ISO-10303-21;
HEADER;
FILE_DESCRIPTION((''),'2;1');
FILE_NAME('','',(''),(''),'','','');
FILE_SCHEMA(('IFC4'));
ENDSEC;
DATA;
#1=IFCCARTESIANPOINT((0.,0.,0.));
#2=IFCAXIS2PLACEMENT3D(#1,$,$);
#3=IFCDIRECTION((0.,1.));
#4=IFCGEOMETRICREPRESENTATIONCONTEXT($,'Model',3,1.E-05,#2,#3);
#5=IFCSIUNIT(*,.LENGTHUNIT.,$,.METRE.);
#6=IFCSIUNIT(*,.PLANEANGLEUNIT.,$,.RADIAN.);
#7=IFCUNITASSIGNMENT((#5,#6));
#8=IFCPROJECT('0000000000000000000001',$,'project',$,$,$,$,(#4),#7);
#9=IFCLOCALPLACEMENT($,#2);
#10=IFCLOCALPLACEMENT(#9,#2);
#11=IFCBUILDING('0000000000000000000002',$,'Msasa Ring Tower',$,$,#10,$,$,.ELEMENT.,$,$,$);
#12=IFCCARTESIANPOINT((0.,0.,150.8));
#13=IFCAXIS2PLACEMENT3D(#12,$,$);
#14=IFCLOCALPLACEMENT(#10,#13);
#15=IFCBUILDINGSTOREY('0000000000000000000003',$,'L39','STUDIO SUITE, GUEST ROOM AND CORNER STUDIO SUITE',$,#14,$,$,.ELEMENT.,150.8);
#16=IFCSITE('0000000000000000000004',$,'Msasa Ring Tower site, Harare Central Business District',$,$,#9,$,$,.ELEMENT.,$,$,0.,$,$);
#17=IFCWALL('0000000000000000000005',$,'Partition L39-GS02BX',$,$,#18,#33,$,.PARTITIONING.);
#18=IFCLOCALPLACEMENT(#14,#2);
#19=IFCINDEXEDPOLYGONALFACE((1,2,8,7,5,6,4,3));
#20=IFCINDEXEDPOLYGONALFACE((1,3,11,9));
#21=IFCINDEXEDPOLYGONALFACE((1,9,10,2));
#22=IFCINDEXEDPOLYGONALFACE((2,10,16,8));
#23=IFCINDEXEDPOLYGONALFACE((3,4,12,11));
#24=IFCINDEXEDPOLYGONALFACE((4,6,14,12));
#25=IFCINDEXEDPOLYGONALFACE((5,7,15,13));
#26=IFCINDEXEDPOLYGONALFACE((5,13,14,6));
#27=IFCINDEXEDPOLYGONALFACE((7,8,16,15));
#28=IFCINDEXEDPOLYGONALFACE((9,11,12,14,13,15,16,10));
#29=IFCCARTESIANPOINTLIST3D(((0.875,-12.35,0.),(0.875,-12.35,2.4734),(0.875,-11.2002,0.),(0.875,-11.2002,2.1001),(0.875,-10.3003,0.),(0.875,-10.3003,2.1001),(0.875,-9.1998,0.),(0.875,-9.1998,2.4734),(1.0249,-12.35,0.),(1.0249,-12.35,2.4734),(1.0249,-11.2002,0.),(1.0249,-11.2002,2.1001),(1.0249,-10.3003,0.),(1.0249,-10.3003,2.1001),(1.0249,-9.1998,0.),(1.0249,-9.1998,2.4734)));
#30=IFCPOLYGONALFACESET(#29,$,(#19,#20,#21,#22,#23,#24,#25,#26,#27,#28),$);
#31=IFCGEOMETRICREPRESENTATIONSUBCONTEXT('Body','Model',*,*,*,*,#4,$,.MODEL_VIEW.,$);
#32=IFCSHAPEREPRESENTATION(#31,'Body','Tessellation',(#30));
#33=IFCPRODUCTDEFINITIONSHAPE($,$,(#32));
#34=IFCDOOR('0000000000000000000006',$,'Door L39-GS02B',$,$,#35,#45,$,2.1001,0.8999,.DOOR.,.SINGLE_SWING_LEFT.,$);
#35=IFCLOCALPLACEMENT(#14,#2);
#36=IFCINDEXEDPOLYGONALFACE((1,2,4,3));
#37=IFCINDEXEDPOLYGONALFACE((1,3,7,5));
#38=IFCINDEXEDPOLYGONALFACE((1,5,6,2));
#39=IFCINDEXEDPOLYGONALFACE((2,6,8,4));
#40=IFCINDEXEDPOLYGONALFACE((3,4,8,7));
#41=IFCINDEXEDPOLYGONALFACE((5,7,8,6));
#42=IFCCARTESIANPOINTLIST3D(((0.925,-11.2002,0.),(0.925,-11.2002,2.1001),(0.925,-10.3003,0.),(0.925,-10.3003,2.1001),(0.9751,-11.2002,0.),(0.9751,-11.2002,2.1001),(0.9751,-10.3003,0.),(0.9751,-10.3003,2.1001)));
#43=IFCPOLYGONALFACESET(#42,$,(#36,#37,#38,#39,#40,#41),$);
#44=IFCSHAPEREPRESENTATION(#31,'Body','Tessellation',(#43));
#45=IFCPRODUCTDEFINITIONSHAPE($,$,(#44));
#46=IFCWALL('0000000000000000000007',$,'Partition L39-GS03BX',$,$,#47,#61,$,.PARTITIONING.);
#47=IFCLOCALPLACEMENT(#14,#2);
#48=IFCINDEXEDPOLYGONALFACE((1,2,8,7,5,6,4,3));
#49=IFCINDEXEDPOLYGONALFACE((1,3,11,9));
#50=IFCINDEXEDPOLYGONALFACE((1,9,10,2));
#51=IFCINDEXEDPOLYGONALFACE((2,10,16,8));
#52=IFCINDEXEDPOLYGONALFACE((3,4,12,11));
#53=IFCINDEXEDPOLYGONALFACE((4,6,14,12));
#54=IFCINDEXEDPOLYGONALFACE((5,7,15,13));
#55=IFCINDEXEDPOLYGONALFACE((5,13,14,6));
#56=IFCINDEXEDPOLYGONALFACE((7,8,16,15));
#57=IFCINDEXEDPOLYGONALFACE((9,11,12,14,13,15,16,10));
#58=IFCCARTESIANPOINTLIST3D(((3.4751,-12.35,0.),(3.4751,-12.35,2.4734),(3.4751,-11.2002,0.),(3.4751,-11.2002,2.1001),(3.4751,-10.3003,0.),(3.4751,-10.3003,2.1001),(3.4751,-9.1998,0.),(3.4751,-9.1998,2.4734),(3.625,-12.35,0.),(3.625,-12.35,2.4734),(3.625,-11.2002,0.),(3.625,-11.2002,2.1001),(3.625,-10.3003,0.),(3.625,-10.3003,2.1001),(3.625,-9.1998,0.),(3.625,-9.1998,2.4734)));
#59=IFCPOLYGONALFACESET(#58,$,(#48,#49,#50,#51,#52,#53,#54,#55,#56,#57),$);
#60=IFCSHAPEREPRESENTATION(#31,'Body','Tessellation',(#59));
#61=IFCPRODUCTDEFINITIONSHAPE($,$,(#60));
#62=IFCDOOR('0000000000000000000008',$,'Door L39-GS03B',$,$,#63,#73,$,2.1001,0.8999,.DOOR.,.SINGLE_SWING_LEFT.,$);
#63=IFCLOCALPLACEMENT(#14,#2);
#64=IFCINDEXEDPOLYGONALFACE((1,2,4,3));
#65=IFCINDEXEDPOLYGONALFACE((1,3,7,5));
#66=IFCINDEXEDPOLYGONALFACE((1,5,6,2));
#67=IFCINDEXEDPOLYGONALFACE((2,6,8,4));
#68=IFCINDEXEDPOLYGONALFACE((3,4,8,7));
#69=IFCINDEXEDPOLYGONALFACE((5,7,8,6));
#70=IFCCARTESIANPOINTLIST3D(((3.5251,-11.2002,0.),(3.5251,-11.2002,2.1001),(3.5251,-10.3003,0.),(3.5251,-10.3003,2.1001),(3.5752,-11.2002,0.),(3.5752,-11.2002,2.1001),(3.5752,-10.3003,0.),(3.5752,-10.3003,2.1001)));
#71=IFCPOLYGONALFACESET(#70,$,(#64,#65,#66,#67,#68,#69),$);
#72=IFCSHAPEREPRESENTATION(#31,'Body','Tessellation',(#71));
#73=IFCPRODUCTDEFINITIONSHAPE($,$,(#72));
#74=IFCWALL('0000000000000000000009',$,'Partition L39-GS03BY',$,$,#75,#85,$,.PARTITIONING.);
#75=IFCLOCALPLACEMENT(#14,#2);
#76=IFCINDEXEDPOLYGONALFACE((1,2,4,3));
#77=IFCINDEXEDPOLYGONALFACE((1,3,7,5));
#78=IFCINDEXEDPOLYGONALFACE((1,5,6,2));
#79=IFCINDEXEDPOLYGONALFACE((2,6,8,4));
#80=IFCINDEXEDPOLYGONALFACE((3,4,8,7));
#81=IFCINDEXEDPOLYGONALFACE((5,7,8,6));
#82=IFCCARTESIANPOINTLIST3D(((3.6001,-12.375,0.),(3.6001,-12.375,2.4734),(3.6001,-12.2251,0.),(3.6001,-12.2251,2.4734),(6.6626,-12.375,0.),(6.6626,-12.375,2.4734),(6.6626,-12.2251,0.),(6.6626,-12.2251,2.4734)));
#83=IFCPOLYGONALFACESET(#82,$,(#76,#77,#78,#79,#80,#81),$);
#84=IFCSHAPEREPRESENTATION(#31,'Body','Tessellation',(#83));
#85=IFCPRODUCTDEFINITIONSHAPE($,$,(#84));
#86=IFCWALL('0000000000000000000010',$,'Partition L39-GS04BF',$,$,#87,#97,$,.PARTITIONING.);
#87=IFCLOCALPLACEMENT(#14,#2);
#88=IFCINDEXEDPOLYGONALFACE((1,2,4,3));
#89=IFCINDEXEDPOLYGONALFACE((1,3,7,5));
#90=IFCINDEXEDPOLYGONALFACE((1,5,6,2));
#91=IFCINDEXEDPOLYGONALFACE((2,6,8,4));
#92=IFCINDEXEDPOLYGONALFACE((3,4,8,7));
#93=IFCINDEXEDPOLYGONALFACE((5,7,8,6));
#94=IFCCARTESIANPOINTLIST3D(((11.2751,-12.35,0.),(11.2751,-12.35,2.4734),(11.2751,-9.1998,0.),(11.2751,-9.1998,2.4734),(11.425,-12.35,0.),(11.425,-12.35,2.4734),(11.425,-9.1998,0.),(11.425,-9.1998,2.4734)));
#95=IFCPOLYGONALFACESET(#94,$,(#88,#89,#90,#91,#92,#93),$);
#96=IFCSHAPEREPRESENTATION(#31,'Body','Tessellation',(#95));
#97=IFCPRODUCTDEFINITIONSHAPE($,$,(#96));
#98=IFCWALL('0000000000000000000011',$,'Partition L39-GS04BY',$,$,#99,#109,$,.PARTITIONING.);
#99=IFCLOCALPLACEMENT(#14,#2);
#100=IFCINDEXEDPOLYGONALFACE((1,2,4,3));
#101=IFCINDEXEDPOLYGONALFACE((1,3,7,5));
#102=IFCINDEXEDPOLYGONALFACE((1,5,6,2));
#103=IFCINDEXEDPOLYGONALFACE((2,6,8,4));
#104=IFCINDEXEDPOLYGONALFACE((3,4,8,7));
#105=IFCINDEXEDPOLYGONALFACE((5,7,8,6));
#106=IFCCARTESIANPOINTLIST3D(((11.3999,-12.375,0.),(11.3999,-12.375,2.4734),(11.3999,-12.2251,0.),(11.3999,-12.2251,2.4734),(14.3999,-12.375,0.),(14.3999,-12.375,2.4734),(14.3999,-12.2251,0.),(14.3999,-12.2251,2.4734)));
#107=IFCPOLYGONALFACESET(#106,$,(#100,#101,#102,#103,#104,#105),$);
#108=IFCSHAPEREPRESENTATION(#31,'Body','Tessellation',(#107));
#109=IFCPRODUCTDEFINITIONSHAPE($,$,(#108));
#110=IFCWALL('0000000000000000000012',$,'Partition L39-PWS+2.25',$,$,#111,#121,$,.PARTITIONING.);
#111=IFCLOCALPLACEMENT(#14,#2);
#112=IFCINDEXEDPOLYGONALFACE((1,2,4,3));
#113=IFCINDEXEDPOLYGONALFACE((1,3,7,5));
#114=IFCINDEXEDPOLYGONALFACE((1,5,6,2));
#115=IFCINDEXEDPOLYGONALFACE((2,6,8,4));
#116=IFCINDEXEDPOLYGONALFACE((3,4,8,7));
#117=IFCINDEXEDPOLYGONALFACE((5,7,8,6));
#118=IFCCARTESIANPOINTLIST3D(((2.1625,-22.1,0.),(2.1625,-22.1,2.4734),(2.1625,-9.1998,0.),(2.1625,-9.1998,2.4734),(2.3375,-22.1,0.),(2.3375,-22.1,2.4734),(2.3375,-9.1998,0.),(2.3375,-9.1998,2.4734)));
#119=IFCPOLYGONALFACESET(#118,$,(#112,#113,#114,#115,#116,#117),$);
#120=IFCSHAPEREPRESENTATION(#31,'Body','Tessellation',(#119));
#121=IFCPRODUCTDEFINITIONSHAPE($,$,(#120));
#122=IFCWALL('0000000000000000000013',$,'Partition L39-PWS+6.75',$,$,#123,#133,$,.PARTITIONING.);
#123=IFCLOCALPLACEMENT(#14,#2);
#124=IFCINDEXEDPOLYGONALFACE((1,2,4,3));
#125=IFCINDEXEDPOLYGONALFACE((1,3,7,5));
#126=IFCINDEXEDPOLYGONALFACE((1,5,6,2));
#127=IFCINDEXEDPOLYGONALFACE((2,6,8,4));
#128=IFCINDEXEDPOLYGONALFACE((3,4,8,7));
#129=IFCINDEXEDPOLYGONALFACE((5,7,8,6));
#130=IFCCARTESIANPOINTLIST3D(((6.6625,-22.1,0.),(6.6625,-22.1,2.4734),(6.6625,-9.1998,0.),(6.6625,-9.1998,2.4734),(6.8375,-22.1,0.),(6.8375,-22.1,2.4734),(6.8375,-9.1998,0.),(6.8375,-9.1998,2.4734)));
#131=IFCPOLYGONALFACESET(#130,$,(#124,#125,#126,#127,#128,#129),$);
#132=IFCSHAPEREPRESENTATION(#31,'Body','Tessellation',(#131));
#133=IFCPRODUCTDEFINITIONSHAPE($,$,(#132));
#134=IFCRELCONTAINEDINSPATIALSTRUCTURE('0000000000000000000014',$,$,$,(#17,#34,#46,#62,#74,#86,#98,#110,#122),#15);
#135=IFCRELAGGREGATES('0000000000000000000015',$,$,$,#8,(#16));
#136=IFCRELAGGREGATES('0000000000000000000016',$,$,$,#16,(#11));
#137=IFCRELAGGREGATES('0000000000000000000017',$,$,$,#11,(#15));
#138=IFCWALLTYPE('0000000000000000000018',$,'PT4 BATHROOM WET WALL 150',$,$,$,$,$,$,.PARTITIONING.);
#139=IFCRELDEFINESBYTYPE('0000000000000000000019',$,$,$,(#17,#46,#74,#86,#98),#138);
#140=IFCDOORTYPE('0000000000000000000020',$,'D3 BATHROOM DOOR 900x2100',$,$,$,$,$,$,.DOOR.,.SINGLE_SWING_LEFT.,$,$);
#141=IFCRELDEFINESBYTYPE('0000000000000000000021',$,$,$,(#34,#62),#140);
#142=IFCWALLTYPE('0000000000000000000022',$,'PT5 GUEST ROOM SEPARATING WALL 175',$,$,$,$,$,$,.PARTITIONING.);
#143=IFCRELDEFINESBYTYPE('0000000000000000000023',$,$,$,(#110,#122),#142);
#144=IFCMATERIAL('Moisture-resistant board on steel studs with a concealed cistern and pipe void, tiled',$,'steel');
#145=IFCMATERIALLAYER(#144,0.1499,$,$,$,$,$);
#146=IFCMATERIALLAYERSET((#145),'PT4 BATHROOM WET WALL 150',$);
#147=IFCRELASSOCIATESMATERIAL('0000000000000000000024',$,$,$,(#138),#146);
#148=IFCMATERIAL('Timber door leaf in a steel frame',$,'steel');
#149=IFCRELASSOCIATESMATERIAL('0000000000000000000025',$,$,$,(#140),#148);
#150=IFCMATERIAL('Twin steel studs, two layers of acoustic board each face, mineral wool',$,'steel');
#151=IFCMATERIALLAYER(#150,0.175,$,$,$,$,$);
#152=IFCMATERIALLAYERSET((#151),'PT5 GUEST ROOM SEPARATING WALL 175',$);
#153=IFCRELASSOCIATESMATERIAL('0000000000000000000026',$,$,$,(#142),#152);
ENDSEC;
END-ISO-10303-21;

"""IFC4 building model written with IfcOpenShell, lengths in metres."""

from ifc_helpers import new_model, si_unit, direction, frame, frame_2d, origin, place, context, subcontext, project, spatial, rectangle, extrude, material, layer, layer_set, type_object, element, fill, save


model = new_model("IFC4")

# Units and contexts
model_context = context("Model", 3, precision=1e-05, world=origin(), true_north=direction((0.0, 1.0)))
body_context = subcontext(model_context, "Body", "Model", "MODEL_VIEW")
ifc_project = project(units=[si_unit("LENGTHUNIT", "METRE"), si_unit("PLANEANGLEUNIT", "RADIAN")], contexts=[model_context])

# Site, building, storey
site_placement = place(None, origin())
site = spatial("IfcSite", under=ifc_project, at=site_placement, Name="Msasa Ring Tower site, Harare Central Business District", CompositionType="ELEMENT", RefElevation=0.0)
building_placement = place(site_placement, origin())
building = spatial("IfcBuilding", under=site, at=building_placement, Name="Msasa Ring Tower", CompositionType="ELEMENT")
storey_placement = place(building_placement, frame((0.0, 0.0, 150.8)))
storey = spatial("IfcBuildingStorey", under=building, at=storey_placement, Name="L39", Description="STUDIO SUITE, GUEST ROOM AND CORNER STUDIO SUITE", CompositionType="ELEMENT", Elevation=150.8)

# Walls, openings, doors
ifc_material_1 = material(Name="Moisture-resistant board on steel studs with a concealed cistern and pipe void, tiled", Category="steel")
ifc_layer_1 = layer(ifc_material_1, 0.1499)
ifc_layer_set_1 = layer_set([ifc_layer_1], Name="PT4 BATHROOM WET WALL 150")
wall_type_1 = type_object("IfcWallType", Name="PT4 BATHROOM WET WALL 150", PredefinedType="PARTITIONING", material=ifc_layer_set_1)
wall_1_placement = place(storey_placement, frame((0.95, -12.3501, 0.0), z_axis=(0.0, 0.0, 1.0), x_axis=(0.0, 1.0, 0.0)))
wall_1 = element("IfcWall", 1, at=wall_1_placement, inside=storey, type_object=wall_type_1, Name="Partition L39-GS02BX", PredefinedType="PARTITIONING", context=body_context, shape_type="SweptSolid", body=[
    extrude(rectangle(XDim=3.1501, YDim=0.1499, at=frame_2d((1.5752, 0.0))), origin(), (0.0, 0.0, 1.0), 2.4734),
])
opening_1_placement = place(wall_1_placement, frame((1.1499, 0.0, 0.0)))
opening_1 = element("IfcOpeningElement", 2, at=opening_1_placement, cuts=wall_1, PredefinedType="OPENING", context=body_context, shape_type="SweptSolid", body=[
    extrude(rectangle(XDim=0.8999, YDim=2.1001, at=frame_2d((0.45, 1.05))), frame((0.0, 0.085, 0.0), z_axis=(0.0, -1.0, 0.0), x_axis=(1.0, 0.0, 0.0)), (0.0, 0.0, 1.0), 0.1699),
])
ifc_material_2 = material(Name="Timber door leaf in a steel frame", Category="steel")
door_type = type_object("IfcDoorType", Name="D3 BATHROOM DOOR 900x2100", OperationType="SINGLE_SWING_LEFT", PredefinedType="DOOR", material=ifc_material_2)
door_1_placement = place(opening_1_placement, origin())
door_1 = element("IfcDoor", 3, at=door_1_placement, inside=storey, type_object=door_type, Name="Door L39-GS02B", OperationType="SINGLE_SWING_LEFT", OverallHeight=2.1001, OverallWidth=0.8999, PredefinedType="DOOR", context=body_context, shape_type="SweptSolid", body=[
    extrude(rectangle(XDim=0.8999, YDim=2.1001, at=frame_2d((0.45, 1.05))), frame((0.0, 0.0249, 0.0), z_axis=(0.0, -1.0, 0.0), x_axis=(1.0, 0.0, 0.0)), (0.0, 0.0, 1.0), 0.05),
])
fill(opening_1, door_1)
wall_2_placement = place(storey_placement, frame((3.55, -12.3501, 0.0), z_axis=(0.0, 0.0, 1.0), x_axis=(0.0, 1.0, 0.0)))
wall_2 = element("IfcWall", 4, at=wall_2_placement, inside=storey, type_object=wall_type_1, Name="Partition L39-GS03BX", PredefinedType="PARTITIONING", context=body_context, shape_type="SweptSolid", body=[
    extrude(rectangle(XDim=3.1501, YDim=0.1499, at=frame_2d((1.5752, 0.0))), origin(), (0.0, 0.0, 1.0), 2.4734),
])
opening_2_placement = place(wall_2_placement, frame((1.1499, 0.0, 0.0)))
opening_2 = element("IfcOpeningElement", 5, at=opening_2_placement, cuts=wall_2, PredefinedType="OPENING", context=body_context, shape_type="SweptSolid", body=[
    extrude(rectangle(XDim=0.8999, YDim=2.1001, at=frame_2d((0.45, 1.05))), frame((0.0, 0.085, 0.0), z_axis=(0.0, -1.0, 0.0), x_axis=(1.0, 0.0, 0.0)), (0.0, 0.0, 1.0), 0.1699),
])
door_2_placement = place(opening_2_placement, origin())
door_2 = element("IfcDoor", 6, at=door_2_placement, inside=storey, type_object=door_type, Name="Door L39-GS03B", OperationType="SINGLE_SWING_LEFT", OverallHeight=2.1001, OverallWidth=0.8999, PredefinedType="DOOR", context=body_context, shape_type="SweptSolid", body=[
    extrude(rectangle(XDim=0.8999, YDim=2.1001, at=frame_2d((0.45, 1.05))), frame((0.0, 0.0249, 0.0), z_axis=(0.0, -1.0, 0.0), x_axis=(1.0, 0.0, 0.0)), (0.0, 0.0, 1.0), 0.05),
])
fill(opening_2, door_2)

# Walls
wall_3_placement = place(storey_placement, frame((3.6001, -12.3, 0.0), z_axis=(0.0, 0.0, 1.0), x_axis=(1.0, 0.0, 0.0)))
element("IfcWall", 7, at=wall_3_placement, inside=storey, type_object=wall_type_1, Name="Partition L39-GS03BY", PredefinedType="PARTITIONING", context=body_context, shape_type="SweptSolid", body=[
    extrude(rectangle(XDim=3.0625, YDim=0.1499, at=frame_2d((1.5312, 0.0))), origin(), (0.0, 0.0, 1.0), 2.4734),
])
wall_4_placement = place(storey_placement, frame((11.3501, -12.3501, 0.0), z_axis=(0.0, 0.0, 1.0), x_axis=(0.0, 1.0, 0.0)))
element("IfcWall", 8, at=wall_4_placement, inside=storey, type_object=wall_type_1, Name="Partition L39-GS04BF", PredefinedType="PARTITIONING", context=body_context, shape_type="SweptSolid", body=[
    extrude(rectangle(XDim=3.1501, YDim=0.1499, at=frame_2d((1.5752, 0.0))), origin(), (0.0, 0.0, 1.0), 2.4734),
])
wall_5_placement = place(storey_placement, frame((11.3999, -12.3, 0.0), z_axis=(0.0, 0.0, 1.0), x_axis=(1.0, 0.0, 0.0)))
element("IfcWall", 9, at=wall_5_placement, inside=storey, type_object=wall_type_1, Name="Partition L39-GS04BY", PredefinedType="PARTITIONING", context=body_context, shape_type="SweptSolid", body=[
    extrude(rectangle(XDim=3.0, YDim=0.1499, at=frame_2d((1.5, 0.0))), origin(), (0.0, 0.0, 1.0), 2.4734),
])
ifc_material_3 = material(Name="Twin steel studs, two layers of acoustic board each face, mineral wool", Category="steel")
ifc_layer_2 = layer(ifc_material_3, 0.175)
ifc_layer_set_2 = layer_set([ifc_layer_2], Name="PT5 GUEST ROOM SEPARATING WALL 175")
wall_type_2 = type_object("IfcWallType", Name="PT5 GUEST ROOM SEPARATING WALL 175", PredefinedType="PARTITIONING", material=ifc_layer_set_2)
for number, where, z_axis, x_axis, name in (
    (10, (2.25, -22.1001, 0.0), (0.0, 0.0, 1.0), (0.0, 1.0, 0.0), "Partition L39-PWS+2.25"),
    (11, (6.75, -22.1001, 0.0), (0.0, 0.0, 1.0), (0.0, 1.0, 0.0), "Partition L39-PWS+6.75"),
):
    element("IfcWall", number, at=place(storey_placement, frame(where, z_axis=z_axis, x_axis=x_axis)), inside=storey, type_object=wall_type_2, Name=name, PredefinedType="PARTITIONING", context=body_context, shape_type="SweptSolid", body=[
        extrude(rectangle(XDim=12.9001, YDim=0.175, at=frame_2d((6.4502, 0.0))), origin(), (0.0, 0.0, 1.0), 2.4734),
    ])

save(model, "model.ifc")
